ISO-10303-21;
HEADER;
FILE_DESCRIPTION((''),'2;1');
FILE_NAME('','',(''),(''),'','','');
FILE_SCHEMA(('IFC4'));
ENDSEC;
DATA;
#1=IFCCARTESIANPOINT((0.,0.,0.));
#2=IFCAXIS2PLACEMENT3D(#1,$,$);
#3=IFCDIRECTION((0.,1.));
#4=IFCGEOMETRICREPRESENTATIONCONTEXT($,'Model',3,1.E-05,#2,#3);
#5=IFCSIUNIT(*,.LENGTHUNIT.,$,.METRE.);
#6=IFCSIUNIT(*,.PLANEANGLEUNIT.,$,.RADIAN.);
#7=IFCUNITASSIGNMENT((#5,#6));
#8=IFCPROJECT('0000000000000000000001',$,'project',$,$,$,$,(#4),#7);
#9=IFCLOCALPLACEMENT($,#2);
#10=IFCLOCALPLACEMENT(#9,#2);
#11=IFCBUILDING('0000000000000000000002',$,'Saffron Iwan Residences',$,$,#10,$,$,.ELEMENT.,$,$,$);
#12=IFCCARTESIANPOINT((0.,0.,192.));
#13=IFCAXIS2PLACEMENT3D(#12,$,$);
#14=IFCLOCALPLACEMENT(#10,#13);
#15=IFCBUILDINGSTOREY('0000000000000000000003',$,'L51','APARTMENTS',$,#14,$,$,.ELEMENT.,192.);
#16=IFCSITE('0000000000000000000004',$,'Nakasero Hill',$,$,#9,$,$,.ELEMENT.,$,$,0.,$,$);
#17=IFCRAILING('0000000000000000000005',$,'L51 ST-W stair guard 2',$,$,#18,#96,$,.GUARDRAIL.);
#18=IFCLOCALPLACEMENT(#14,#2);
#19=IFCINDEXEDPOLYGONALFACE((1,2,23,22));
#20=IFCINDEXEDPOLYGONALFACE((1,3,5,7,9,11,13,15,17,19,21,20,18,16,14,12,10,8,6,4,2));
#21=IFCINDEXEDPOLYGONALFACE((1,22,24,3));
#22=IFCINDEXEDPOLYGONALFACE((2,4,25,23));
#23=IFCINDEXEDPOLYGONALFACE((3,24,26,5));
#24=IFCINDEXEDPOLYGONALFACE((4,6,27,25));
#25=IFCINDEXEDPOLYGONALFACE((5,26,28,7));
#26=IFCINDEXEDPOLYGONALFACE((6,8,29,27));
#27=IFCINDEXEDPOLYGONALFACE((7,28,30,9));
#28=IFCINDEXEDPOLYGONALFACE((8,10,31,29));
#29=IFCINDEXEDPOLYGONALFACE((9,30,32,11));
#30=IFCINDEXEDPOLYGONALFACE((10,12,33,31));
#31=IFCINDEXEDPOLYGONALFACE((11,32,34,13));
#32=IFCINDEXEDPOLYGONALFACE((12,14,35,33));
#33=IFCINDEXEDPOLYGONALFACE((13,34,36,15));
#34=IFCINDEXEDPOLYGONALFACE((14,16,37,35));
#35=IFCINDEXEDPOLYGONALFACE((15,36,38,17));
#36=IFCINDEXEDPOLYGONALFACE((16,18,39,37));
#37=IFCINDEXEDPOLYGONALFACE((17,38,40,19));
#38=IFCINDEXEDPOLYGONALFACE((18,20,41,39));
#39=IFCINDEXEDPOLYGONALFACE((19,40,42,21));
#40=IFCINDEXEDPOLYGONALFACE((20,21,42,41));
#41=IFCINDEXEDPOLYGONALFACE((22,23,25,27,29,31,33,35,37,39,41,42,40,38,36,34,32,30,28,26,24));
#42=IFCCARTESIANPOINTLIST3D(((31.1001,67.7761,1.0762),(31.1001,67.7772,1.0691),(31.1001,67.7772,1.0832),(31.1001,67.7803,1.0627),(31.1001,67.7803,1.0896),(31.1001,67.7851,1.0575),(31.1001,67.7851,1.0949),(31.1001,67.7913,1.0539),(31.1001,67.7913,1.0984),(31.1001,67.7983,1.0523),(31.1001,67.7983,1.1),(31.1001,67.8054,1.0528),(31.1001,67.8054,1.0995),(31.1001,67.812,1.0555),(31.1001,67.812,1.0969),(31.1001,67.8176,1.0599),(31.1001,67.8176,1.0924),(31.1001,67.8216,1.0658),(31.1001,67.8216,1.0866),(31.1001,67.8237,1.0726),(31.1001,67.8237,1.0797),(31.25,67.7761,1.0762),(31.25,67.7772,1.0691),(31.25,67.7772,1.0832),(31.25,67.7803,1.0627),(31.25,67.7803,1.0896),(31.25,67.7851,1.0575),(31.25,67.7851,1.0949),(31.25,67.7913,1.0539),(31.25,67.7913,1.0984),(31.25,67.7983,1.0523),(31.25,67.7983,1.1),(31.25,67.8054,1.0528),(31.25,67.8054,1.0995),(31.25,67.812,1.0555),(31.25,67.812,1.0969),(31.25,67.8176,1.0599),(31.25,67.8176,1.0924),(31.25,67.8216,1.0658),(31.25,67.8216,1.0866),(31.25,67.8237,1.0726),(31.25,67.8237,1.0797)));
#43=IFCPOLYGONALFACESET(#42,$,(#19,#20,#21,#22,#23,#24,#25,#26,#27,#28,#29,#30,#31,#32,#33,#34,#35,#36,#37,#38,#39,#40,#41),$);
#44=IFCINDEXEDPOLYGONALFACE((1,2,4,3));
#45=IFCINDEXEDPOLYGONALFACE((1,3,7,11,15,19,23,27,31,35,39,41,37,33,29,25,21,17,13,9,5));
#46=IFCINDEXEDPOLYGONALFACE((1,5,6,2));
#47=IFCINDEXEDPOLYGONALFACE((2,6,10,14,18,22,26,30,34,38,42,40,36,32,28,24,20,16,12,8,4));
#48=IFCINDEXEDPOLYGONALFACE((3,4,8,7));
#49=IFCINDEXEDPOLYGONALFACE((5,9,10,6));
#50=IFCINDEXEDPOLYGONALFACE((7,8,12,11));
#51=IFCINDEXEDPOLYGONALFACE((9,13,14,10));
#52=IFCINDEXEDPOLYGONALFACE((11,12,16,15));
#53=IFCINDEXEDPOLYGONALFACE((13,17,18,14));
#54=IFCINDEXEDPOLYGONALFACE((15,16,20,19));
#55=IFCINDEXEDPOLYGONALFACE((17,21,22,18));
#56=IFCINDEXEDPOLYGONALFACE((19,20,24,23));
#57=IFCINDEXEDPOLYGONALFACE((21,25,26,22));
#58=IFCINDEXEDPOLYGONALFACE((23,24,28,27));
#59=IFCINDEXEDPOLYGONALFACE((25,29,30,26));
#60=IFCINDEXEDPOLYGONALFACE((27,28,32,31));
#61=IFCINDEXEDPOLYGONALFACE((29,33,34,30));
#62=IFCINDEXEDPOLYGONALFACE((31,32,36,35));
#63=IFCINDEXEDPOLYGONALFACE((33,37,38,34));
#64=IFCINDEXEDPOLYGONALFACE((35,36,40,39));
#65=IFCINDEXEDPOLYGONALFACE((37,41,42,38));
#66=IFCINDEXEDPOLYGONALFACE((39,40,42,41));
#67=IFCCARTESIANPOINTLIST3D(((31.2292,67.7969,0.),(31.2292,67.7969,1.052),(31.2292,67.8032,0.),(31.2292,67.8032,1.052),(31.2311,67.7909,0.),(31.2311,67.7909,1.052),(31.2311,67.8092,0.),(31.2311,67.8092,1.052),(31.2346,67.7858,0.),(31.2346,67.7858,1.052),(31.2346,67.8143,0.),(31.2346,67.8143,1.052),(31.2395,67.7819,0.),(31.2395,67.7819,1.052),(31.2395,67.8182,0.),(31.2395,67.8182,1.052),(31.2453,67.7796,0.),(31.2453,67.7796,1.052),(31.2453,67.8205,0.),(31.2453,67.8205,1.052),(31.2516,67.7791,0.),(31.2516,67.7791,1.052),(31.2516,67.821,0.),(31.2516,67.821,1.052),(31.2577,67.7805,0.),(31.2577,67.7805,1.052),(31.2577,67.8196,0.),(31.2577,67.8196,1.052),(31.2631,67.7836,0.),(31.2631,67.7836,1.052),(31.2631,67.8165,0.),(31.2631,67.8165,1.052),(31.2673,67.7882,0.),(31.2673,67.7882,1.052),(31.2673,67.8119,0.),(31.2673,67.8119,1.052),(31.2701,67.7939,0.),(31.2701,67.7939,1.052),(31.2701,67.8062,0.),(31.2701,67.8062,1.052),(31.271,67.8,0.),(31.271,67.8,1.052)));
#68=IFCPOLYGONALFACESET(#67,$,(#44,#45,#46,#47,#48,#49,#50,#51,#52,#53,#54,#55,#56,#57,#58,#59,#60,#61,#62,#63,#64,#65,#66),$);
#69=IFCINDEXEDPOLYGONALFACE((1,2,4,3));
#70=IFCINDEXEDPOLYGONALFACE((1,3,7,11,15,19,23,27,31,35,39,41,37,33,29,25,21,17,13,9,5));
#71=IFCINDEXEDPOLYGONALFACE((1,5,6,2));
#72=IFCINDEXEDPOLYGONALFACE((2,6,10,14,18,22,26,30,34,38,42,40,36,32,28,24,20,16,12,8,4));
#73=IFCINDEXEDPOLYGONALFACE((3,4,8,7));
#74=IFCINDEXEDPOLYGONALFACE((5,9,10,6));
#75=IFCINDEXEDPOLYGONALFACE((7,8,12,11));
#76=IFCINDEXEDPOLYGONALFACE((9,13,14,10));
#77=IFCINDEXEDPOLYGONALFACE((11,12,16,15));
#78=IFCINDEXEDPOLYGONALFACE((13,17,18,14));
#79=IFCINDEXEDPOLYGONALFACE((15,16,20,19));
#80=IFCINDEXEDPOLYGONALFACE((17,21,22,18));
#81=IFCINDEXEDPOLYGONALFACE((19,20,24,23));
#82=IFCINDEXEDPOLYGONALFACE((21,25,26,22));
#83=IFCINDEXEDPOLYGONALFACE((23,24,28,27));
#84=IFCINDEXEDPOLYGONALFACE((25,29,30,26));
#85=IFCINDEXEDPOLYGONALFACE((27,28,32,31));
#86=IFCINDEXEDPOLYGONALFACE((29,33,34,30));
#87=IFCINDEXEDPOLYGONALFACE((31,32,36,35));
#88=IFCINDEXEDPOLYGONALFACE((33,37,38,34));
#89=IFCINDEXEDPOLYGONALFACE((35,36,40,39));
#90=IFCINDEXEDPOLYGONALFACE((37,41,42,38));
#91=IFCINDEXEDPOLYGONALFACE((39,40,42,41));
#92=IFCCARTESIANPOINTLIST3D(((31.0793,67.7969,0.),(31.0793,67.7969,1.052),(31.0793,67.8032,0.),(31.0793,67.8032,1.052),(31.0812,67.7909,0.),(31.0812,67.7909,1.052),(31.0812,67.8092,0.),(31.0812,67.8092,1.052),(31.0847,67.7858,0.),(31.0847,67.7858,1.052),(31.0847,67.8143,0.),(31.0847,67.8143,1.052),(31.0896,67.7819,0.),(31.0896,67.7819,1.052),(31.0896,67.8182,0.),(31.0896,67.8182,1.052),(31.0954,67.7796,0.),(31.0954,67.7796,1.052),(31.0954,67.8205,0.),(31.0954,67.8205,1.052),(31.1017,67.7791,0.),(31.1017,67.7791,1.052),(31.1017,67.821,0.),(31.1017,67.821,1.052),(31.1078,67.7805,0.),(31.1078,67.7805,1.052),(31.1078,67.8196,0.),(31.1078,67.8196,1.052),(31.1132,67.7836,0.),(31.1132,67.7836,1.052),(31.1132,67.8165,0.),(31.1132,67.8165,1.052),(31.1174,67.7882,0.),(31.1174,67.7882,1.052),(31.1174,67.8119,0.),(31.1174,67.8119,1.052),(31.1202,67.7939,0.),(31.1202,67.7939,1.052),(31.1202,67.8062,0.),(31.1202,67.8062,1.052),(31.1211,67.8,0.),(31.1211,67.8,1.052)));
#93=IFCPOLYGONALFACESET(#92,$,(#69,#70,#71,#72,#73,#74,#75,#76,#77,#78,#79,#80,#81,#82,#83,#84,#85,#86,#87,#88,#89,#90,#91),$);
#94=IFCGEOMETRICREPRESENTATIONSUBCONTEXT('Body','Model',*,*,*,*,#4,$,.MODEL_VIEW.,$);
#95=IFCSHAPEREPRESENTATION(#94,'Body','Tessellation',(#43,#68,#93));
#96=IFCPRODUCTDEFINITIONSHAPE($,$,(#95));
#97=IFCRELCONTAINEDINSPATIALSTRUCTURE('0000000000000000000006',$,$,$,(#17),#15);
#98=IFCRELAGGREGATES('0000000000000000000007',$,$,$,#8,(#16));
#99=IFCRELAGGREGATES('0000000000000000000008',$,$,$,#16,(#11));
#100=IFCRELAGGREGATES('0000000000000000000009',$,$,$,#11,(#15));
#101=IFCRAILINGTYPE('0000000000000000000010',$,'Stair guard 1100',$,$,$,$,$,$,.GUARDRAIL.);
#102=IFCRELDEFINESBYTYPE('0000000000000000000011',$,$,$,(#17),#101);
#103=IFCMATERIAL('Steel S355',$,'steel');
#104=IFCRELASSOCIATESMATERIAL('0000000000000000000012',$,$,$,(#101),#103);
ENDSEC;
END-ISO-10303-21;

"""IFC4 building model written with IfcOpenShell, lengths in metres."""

from ifc_helpers import new_model, si_unit, direction, frame, origin, origin_2d, place, context, subcontext, project, spatial, circle, extrude, material, type_object, element, save


model = new_model("IFC4")

# Units and contexts
model_context = context("Model", 3, precision=1e-05, world=origin(), true_north=direction((0.0, 1.0)))
body_context = subcontext(model_context, "Body", "Model", "MODEL_VIEW")
ifc_project = project(units=[si_unit("LENGTHUNIT", "METRE"), si_unit("PLANEANGLEUNIT", "RADIAN")], contexts=[model_context])

# Site, building, storey
site_placement = place(None, origin())
site = spatial("IfcSite", under=ifc_project, at=site_placement, Name="Nakasero Hill", CompositionType="ELEMENT", RefElevation=0.0)
building_placement = place(site_placement, origin())
building = spatial("IfcBuilding", under=site, at=building_placement, Name="Saffron Iwan Residences", CompositionType="ELEMENT")
storey_placement = place(building_placement, frame((0.0, 0.0, 192.0)))
storey = spatial("IfcBuildingStorey", under=building, at=storey_placement, Name="L51", Description="APARTMENTS", CompositionType="ELEMENT", Elevation=192.0)

# Railing
ifc_material_1 = material(Name="Steel S355", Category="steel")
railing_type_1 = type_object("IfcRailingType", Name="Stair guard 1100", PredefinedType="GUARDRAIL", material=ifc_material_1)
railing_1_placement = place(storey_placement, frame((31.25, 67.8, 0.0)))
element("IfcRailing", 1, at=railing_1_placement, inside=storey, type_object=railing_type_1, Name="L51 ST-W stair guard 2", PredefinedType="GUARDRAIL", context=body_context, shape_type="SweptSolid", body=[
    extrude(circle(Radius=0.0239, at=origin_2d()), frame((0.0, 0.0, 1.0762), z_axis=(-1.0, 0.0, 0.0), x_axis=(0.0, -1.0, 0.0)), (0.0, 0.0, 1.0), 0.1499),
    extrude(circle(Radius=0.021, at=origin_2d()), origin(), (0.0, 0.0, 1.0), 1.052),
    extrude(circle(Radius=0.021, at=origin_2d()), frame((-0.1499, 0.0, 0.0)), (0.0, 0.0, 1.0), 1.052),
])

save(model, "model.ifc")
